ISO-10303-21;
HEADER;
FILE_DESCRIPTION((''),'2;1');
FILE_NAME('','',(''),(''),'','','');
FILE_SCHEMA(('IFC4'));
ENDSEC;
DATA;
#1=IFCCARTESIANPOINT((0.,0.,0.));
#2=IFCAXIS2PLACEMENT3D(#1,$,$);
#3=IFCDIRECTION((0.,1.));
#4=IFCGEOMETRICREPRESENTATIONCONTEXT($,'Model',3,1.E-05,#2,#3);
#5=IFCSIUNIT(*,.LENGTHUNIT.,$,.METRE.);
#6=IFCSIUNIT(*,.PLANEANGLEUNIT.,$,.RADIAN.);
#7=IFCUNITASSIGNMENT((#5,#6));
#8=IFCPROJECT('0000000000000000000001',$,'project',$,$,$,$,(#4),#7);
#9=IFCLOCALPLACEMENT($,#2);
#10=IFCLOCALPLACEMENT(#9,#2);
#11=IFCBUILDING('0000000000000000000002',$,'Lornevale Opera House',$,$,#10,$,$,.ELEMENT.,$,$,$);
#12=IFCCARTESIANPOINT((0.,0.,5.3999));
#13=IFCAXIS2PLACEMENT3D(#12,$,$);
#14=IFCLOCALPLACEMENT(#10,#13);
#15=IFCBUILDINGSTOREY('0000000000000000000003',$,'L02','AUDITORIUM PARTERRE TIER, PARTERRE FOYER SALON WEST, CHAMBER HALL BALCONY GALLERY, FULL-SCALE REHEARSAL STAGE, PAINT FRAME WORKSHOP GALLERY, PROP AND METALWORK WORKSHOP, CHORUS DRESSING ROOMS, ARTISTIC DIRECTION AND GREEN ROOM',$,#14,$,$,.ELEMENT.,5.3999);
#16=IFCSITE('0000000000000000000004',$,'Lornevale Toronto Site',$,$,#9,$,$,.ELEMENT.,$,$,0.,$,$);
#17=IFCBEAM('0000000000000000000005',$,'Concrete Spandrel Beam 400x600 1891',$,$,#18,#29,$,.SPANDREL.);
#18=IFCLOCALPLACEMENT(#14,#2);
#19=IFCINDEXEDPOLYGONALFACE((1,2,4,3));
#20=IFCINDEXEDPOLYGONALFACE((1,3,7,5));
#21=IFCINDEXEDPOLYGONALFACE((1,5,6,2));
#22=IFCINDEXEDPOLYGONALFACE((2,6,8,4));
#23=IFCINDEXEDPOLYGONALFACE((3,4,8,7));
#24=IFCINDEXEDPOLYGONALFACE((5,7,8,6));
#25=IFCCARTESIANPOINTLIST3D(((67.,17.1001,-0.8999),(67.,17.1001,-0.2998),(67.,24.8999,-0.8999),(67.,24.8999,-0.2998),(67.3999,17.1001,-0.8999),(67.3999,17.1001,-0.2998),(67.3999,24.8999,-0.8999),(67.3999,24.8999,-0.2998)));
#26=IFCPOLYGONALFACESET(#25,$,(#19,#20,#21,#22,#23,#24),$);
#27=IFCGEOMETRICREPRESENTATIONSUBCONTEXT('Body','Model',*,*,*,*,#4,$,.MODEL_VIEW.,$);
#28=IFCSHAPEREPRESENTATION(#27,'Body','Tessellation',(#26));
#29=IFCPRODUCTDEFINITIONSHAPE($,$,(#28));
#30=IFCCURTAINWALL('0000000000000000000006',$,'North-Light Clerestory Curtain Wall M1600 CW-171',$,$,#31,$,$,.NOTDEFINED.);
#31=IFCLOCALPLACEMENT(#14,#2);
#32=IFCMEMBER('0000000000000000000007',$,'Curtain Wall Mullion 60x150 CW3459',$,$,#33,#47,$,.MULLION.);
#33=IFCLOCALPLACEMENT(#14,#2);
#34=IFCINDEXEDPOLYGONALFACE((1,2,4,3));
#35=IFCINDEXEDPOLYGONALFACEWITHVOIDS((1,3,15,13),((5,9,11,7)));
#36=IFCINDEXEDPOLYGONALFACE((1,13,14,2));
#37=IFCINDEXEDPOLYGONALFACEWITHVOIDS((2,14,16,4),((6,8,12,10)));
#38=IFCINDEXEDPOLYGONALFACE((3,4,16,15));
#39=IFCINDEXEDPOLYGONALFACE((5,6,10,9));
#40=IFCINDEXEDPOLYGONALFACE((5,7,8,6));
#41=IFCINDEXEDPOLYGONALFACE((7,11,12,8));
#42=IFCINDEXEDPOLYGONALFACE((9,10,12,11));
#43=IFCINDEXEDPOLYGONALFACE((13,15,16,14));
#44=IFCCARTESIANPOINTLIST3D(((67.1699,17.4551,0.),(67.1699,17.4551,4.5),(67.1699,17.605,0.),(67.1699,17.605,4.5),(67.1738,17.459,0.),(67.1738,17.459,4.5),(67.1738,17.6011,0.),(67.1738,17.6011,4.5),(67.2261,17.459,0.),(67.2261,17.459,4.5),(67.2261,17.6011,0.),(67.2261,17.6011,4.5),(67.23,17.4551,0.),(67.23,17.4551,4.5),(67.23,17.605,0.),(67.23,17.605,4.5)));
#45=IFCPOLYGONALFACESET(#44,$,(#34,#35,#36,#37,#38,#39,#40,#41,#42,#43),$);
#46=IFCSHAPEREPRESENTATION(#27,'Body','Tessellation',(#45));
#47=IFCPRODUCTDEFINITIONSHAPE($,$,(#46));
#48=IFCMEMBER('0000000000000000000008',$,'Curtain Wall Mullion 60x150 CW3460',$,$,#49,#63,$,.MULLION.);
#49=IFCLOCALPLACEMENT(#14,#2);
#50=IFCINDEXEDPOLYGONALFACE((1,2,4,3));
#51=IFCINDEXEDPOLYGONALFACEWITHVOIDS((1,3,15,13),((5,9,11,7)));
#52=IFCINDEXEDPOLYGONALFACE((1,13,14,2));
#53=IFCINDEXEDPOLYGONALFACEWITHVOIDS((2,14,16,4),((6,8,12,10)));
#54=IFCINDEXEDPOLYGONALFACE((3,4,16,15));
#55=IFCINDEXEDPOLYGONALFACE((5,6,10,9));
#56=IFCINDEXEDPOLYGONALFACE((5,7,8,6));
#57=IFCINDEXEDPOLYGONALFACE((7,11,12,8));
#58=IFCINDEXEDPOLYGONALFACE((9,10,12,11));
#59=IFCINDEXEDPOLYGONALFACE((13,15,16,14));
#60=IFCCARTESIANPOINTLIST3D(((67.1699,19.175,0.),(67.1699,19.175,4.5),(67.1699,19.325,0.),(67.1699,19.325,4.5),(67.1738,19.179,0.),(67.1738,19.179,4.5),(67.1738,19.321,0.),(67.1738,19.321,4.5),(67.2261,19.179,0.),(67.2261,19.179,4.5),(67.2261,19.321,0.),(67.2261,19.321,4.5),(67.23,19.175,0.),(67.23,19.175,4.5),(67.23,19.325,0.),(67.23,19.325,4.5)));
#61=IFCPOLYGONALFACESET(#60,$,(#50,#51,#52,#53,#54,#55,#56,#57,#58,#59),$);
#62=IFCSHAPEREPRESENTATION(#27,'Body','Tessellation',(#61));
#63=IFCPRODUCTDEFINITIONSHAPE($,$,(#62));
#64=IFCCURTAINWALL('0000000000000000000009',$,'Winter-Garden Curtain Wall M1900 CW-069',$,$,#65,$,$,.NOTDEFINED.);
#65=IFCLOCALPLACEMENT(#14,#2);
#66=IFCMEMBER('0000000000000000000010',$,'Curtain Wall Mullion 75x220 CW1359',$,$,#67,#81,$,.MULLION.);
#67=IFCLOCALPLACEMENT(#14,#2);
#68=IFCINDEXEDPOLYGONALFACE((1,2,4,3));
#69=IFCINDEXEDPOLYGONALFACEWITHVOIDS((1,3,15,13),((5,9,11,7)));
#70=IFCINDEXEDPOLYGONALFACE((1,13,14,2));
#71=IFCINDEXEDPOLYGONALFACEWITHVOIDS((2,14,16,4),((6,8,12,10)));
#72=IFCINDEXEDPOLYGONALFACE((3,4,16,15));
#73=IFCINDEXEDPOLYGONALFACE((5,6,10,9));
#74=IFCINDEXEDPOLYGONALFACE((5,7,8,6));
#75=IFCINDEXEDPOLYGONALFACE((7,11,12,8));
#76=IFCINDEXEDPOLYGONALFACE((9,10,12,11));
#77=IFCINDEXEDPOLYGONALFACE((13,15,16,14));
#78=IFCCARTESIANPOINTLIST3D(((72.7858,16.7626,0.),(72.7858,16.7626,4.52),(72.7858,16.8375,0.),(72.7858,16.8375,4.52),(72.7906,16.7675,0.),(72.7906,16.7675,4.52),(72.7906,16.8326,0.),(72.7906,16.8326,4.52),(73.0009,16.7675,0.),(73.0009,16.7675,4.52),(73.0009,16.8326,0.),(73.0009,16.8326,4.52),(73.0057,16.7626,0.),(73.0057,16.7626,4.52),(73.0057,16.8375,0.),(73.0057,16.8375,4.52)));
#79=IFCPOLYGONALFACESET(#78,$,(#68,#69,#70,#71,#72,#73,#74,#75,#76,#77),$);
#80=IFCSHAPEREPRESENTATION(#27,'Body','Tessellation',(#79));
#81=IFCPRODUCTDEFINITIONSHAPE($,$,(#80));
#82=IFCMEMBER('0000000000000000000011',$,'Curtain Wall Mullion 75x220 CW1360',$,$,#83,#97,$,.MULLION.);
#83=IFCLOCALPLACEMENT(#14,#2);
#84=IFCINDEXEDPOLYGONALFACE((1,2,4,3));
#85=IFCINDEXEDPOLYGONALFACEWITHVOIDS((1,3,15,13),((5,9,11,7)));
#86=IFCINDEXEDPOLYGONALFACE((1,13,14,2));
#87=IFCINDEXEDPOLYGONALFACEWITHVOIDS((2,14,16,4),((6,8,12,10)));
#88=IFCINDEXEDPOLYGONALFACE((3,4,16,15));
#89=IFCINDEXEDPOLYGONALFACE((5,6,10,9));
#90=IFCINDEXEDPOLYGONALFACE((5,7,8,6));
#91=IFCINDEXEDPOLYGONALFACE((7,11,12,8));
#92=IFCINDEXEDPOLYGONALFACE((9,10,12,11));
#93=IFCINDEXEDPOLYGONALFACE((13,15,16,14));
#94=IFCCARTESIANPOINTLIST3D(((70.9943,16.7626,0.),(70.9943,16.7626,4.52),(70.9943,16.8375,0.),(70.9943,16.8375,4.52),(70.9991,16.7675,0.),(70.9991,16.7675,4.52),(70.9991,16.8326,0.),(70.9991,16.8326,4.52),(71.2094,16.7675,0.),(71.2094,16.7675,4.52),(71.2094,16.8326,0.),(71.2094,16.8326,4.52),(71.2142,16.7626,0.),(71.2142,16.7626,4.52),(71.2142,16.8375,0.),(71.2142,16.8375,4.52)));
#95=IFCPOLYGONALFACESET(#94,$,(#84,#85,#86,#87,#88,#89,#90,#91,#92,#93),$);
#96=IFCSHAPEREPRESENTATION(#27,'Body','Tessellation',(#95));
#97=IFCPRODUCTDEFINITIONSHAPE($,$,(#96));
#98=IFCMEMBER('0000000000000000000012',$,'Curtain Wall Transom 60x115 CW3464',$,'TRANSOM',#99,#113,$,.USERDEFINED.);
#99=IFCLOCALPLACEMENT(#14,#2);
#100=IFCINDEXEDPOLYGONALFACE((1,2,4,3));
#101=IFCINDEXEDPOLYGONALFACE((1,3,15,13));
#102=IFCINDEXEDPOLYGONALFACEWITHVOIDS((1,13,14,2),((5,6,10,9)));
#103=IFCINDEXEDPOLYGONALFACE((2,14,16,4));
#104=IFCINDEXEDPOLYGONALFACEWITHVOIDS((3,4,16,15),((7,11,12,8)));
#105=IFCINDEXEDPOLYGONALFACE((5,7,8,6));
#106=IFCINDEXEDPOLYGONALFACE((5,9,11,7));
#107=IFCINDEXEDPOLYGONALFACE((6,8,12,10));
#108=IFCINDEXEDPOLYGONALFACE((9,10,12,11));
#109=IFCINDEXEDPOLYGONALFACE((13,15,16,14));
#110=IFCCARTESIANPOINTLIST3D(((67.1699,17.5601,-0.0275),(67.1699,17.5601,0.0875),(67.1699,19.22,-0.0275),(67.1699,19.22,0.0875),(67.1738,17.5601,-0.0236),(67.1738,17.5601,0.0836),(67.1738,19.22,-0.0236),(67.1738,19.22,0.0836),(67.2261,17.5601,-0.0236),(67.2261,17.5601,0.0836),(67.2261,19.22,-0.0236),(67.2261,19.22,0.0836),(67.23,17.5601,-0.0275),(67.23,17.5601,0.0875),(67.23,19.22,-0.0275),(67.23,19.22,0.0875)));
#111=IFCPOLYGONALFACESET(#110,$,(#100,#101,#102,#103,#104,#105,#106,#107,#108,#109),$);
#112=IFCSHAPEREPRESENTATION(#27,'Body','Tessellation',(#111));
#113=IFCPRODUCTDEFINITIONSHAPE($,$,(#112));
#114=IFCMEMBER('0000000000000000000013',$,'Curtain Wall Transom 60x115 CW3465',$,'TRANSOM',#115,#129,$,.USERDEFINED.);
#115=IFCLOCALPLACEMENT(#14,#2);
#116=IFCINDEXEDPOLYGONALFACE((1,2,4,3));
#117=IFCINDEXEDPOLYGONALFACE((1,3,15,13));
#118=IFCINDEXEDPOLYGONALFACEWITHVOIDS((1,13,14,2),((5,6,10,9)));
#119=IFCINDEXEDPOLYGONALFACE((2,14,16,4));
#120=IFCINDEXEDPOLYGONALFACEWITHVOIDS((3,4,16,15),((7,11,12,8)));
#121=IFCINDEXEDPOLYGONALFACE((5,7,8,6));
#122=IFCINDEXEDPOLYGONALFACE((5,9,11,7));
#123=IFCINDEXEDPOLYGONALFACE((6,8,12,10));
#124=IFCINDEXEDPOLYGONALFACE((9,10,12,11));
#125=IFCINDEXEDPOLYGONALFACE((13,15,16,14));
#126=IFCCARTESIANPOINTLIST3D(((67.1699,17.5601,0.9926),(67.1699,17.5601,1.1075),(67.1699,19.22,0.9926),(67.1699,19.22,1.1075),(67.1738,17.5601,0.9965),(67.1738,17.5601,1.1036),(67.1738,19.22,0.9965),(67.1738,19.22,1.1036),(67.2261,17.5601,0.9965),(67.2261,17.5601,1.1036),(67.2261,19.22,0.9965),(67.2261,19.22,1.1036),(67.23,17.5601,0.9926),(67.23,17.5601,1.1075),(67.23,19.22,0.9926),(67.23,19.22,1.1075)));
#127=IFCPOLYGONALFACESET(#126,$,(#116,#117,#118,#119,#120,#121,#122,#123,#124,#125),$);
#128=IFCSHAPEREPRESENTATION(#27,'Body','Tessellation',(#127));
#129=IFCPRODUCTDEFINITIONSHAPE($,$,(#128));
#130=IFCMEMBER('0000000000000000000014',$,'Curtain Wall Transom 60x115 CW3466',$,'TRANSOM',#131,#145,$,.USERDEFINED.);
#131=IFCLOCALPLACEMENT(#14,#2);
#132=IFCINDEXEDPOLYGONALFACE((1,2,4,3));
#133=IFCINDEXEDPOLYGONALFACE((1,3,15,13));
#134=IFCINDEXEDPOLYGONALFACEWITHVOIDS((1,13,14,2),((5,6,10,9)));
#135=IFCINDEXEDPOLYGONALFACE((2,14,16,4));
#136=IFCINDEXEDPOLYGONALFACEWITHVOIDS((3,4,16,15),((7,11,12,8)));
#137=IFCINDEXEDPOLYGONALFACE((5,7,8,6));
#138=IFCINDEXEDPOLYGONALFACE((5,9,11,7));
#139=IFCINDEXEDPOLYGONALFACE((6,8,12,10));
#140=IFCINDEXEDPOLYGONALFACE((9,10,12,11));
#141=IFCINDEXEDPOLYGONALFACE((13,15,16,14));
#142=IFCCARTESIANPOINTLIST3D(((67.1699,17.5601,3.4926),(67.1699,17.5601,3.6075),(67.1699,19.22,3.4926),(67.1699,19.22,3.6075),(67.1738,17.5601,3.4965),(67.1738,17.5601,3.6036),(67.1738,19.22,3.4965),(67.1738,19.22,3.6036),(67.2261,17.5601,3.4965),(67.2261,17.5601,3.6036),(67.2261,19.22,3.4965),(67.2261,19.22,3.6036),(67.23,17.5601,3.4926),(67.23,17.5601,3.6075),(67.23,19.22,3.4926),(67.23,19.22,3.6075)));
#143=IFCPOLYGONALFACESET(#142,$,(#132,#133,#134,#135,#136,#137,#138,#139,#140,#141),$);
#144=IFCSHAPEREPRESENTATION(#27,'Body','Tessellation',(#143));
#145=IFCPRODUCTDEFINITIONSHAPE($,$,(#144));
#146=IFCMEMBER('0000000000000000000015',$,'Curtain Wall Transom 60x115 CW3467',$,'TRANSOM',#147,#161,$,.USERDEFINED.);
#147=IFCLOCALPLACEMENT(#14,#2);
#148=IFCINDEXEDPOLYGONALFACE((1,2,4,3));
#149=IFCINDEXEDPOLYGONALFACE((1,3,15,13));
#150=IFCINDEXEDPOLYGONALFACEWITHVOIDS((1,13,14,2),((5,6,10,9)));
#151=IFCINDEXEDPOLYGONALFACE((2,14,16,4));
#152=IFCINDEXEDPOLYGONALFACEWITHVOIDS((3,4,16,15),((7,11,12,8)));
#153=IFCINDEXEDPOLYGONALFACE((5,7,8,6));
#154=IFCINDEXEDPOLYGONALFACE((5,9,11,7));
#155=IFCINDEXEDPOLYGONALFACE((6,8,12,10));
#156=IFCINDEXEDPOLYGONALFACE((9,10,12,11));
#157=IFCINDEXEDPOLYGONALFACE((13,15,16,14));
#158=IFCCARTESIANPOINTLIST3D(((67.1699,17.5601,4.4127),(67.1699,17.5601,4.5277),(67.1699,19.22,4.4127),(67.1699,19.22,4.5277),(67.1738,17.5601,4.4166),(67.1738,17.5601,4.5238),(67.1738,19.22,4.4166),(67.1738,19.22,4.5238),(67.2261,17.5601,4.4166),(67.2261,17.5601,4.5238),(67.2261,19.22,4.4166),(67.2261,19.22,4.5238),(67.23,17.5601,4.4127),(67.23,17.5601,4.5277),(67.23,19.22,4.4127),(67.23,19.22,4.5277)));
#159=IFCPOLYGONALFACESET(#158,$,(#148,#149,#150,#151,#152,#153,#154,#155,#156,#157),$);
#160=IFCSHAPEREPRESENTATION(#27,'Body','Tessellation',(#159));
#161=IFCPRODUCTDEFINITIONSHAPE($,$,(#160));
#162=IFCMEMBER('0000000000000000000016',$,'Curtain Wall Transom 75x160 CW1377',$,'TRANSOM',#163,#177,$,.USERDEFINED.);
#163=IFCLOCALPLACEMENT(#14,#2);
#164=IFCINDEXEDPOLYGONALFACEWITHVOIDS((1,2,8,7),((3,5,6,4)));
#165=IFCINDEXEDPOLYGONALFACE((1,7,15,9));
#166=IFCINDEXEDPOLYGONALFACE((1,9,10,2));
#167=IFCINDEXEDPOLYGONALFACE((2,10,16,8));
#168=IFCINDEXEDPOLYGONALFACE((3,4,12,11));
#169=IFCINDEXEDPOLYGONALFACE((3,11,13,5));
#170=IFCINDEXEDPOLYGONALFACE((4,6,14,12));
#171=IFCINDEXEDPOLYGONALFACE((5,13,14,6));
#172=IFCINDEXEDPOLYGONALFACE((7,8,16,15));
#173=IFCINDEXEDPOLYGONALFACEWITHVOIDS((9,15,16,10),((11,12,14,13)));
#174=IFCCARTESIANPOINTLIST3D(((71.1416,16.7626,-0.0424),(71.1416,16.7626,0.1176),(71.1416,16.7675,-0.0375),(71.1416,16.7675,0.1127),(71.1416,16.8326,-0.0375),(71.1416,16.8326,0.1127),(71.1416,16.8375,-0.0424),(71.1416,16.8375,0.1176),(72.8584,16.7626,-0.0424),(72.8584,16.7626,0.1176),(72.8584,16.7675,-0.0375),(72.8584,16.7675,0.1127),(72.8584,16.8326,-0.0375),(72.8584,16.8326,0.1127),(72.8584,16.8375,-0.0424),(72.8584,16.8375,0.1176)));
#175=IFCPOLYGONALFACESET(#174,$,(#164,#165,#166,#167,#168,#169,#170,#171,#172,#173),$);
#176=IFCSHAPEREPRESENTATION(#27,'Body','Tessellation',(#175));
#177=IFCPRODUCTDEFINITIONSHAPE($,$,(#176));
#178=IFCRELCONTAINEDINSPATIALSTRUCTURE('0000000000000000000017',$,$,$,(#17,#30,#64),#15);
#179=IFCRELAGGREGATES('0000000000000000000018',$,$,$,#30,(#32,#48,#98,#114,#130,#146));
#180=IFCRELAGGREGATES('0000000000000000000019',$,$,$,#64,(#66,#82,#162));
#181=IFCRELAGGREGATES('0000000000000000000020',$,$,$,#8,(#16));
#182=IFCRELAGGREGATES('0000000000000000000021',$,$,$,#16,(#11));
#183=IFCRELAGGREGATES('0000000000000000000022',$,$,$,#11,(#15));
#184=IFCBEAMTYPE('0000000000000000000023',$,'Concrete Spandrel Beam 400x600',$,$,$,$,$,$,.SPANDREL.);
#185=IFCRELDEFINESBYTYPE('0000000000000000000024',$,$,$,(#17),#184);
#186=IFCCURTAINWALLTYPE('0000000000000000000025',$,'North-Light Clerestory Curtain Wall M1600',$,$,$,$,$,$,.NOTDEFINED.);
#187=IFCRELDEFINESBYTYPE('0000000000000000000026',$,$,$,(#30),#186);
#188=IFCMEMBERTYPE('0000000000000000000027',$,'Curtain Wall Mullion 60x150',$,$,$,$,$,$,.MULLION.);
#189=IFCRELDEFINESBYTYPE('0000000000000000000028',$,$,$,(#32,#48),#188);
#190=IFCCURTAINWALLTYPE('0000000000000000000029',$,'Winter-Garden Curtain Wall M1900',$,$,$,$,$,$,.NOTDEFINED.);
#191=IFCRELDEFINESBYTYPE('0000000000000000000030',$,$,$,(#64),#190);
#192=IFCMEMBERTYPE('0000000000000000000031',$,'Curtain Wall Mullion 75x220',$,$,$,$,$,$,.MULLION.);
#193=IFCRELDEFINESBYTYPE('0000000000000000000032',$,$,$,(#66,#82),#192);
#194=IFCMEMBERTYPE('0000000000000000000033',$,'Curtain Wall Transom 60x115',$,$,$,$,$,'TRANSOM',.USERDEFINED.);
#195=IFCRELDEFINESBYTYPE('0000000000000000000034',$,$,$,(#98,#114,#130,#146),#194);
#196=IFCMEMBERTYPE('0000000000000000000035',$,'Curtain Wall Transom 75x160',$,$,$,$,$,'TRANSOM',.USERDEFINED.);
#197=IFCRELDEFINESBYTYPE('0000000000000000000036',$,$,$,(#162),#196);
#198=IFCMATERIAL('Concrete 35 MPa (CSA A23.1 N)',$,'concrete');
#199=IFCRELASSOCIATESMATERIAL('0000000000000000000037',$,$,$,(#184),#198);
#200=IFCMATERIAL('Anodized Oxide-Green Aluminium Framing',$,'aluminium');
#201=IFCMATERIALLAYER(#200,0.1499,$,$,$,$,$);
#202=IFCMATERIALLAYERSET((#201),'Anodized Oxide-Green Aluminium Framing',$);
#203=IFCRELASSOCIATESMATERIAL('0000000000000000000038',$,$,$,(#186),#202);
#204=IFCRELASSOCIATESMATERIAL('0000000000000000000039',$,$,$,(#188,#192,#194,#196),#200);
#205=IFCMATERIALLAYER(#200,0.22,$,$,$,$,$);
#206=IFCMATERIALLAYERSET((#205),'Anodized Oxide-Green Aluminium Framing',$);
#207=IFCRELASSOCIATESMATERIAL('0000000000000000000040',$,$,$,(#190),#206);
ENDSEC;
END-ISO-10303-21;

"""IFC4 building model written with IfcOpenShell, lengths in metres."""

from ifc_helpers import new_model, si_unit, direction, frame, origin, origin_2d, place, context, subcontext, project, spatial, rectangle, hollow_rectangle, extrude, material, layer, layer_set, material_profile, profile_set, type_object, element, aggregate, save


model = new_model("IFC4")

# Units and contexts
model_context = context("Model", 3, precision=1e-05, world=origin(), true_north=direction((0.0, 1.0)))
body_context = subcontext(model_context, "Body", "Model", "MODEL_VIEW")
ifc_project = project(units=[si_unit("LENGTHUNIT", "METRE"), si_unit("PLANEANGLEUNIT", "RADIAN")], contexts=[model_context])

# Site, building, storey
site_placement = place(None, origin())
site = spatial("IfcSite", under=ifc_project, at=site_placement, Name="Lornevale Toronto Site", CompositionType="ELEMENT", RefElevation=0.0)
building_placement = place(site_placement, origin())
building = spatial("IfcBuilding", under=site, at=building_placement, Name="Lornevale Opera House", CompositionType="ELEMENT")
storey_placement = place(building_placement, frame((0.0, 0.0, 5.3999)))
storey = spatial("IfcBuildingStorey", under=building, at=storey_placement, Name="L02", Description="AUDITORIUM PARTERRE TIER, PARTERRE FOYER SALON WEST, CHAMBER HALL BALCONY GALLERY, FULL-SCALE REHEARSAL STAGE, PAINT FRAME WORKSHOP GALLERY, PROP AND METALWORK WORKSHOP, CHORUS DRESSING ROOMS, ARTISTIC DIRECTION AND GREEN ROOM", CompositionType="ELEMENT", Elevation=5.3999)

# Beam
ifc_material_1 = material(Name="Concrete 35 MPa (CSA A23.1 N)", Category="concrete")
ifc_material_profile_1 = material_profile(ifc_material_1, rectangle(XDim=0.3999, YDim=0.6001, at=origin_2d()), Name="RC400x600")
ifc_profile_set_1 = profile_set([ifc_material_profile_1], Name="Concrete 35 MPa (CSA A23.1 N)")
beam_type = type_object("IfcBeamType", Name="Concrete Spandrel Beam 400x600", PredefinedType="SPANDREL", material=ifc_profile_set_1)
beam_placement = place(storey_placement, frame((67.2, 17.1001, -0.5999), z_axis=(0.0, 1.0, 0.0), x_axis=(-1.0, 0.0, 0.0)))
element("IfcBeam", 1, at=beam_placement, inside=storey, type_object=beam_type, Name="Concrete Spandrel Beam 400x600 1891", PredefinedType="SPANDREL", context=body_context, shape_type="SweptSolid", body=[
    extrude(rectangle(XDim=0.3999, YDim=0.6001, at=origin_2d()), origin(), (0.0, 0.0, 1.0), 7.7998),
])

# Curtain walls, members
ifc_material_2 = material(Name="Anodized Oxide-Green Aluminium Framing", Category="aluminium")
ifc_layer_1 = layer(ifc_material_2, 0.1499)
ifc_layer_set_1 = layer_set([ifc_layer_1], Name="Anodized Oxide-Green Aluminium Framing")
curtain_wall_type_1 = type_object("IfcCurtainWallType", Name="North-Light Clerestory Curtain Wall M1600", PredefinedType="NOTDEFINED", material=ifc_layer_set_1)
curtain_wall_1_placement = place(storey_placement, origin())
curtain_wall_1 = element("IfcCurtainWall", 2, at=curtain_wall_1_placement, inside=storey, type_object=curtain_wall_type_1, Name="North-Light Clerestory Curtain Wall M1600 CW-171", PredefinedType="NOTDEFINED")
ifc_material_profile_2 = material_profile(ifc_material_2, hollow_rectangle(XDim=0.0601, YDim=0.1499, WallThickness=0.0039, at=origin_2d()), Name="ALU60x150x4")
ifc_profile_set_2 = profile_set([ifc_material_profile_2], Name="Anodized Oxide-Green Aluminium Framing")
member_type_1 = type_object("IfcMemberType", Name="Curtain Wall Mullion 60x150", PredefinedType="MULLION", material=ifc_profile_set_2)
member_1_placement = place(storey_placement, frame((67.2, 17.53, 0.0), z_axis=(0.0, 0.0, 1.0), x_axis=(-1.0, 0.0, 0.0)))
member_1 = element("IfcMember", 3, at=member_1_placement, type_object=member_type_1, Name="Curtain Wall Mullion 60x150 CW3459", PredefinedType="MULLION", context=body_context, shape_type="SweptSolid", body=[
    extrude(hollow_rectangle(XDim=0.0601, YDim=0.1499, WallThickness=0.0039, at=origin_2d()), origin(), (0.0, 0.0, 1.0), 4.5),
])
member_2_placement = place(storey_placement, frame((67.2, 19.25, 0.0), z_axis=(0.0, 0.0, 1.0), x_axis=(-1.0, 0.0, 0.0)))
member_2 = element("IfcMember", 4, at=member_2_placement, type_object=member_type_1, Name="Curtain Wall Mullion 60x150 CW3460", PredefinedType="MULLION", context=body_context, shape_type="SweptSolid", body=[
    extrude(hollow_rectangle(XDim=0.0601, YDim=0.1499, WallThickness=0.0039, at=origin_2d()), origin(), (0.0, 0.0, 1.0), 4.5),
])
ifc_layer_2 = layer(ifc_material_2, 0.22)
ifc_layer_set_2 = layer_set([ifc_layer_2], Name="Anodized Oxide-Green Aluminium Framing")
curtain_wall_type_2 = type_object("IfcCurtainWallType", Name="Winter-Garden Curtain Wall M1900", PredefinedType="NOTDEFINED", material=ifc_layer_set_2)
curtain_wall_2_placement = place(storey_placement, origin())
curtain_wall_2 = element("IfcCurtainWall", 5, at=curtain_wall_2_placement, inside=storey, type_object=curtain_wall_type_2, Name="Winter-Garden Curtain Wall M1900 CW-069", PredefinedType="NOTDEFINED")
ifc_material_profile_3 = material_profile(ifc_material_2, hollow_rectangle(XDim=0.075, YDim=0.22, WallThickness=0.0049, at=origin_2d()), Name="ALU75x220x5")
ifc_profile_set_3 = profile_set([ifc_material_profile_3], Name="Anodized Oxide-Green Aluminium Framing")
member_type_2 = type_object("IfcMemberType", Name="Curtain Wall Mullion 75x220", PredefinedType="MULLION", material=ifc_profile_set_3)
member_3_placement = place(storey_placement, frame((72.8958, 16.8, 0.0), z_axis=(0.0, 0.0, 1.0), x_axis=(0.0, -1.0, 0.0)))
member_3 = element("IfcMember", 6, at=member_3_placement, type_object=member_type_2, Name="Curtain Wall Mullion 75x220 CW1359", PredefinedType="MULLION", context=body_context, shape_type="SweptSolid", body=[
    extrude(hollow_rectangle(XDim=0.075, YDim=0.22, WallThickness=0.0049, at=origin_2d()), origin(), (0.0, 0.0, 1.0), 4.52),
])
member_4_placement = place(storey_placement, frame((71.1042, 16.8, 0.0), z_axis=(0.0, 0.0, 1.0), x_axis=(0.0, -1.0, 0.0)))
member_4 = element("IfcMember", 7, at=member_4_placement, type_object=member_type_2, Name="Curtain Wall Mullion 75x220 CW1360", PredefinedType="MULLION", context=body_context, shape_type="SweptSolid", body=[
    extrude(hollow_rectangle(XDim=0.075, YDim=0.22, WallThickness=0.0049, at=origin_2d()), origin(), (0.0, 0.0, 1.0), 4.52),
])

# Members
ifc_material_profile_4 = material_profile(ifc_material_2, hollow_rectangle(XDim=0.0601, YDim=0.115, WallThickness=0.0039, at=origin_2d()), Name="ALU60x115x4")
ifc_profile_set_4 = profile_set([ifc_material_profile_4], Name="Anodized Oxide-Green Aluminium Framing")
member_type_3 = type_object("IfcMemberType", Name="Curtain Wall Transom 60x115", ElementType="TRANSOM", PredefinedType="USERDEFINED", material=ifc_profile_set_4)
member_5_placement = place(storey_placement, frame((67.2, 17.5601, 0.03), z_axis=(0.0, 1.0, 0.0), x_axis=(-1.0, 0.0, 0.0)))
member_5 = element("IfcMember", 8, at=member_5_placement, type_object=member_type_3, Name="Curtain Wall Transom 60x115 CW3464", ObjectType="TRANSOM", PredefinedType="USERDEFINED", context=body_context, shape_type="SweptSolid", body=[
    extrude(hollow_rectangle(XDim=0.0601, YDim=0.115, WallThickness=0.0039, at=origin_2d()), origin(), (0.0, 0.0, 1.0), 1.6599),
])
member_6_placement = place(storey_placement, frame((67.2, 17.5601, 1.05), z_axis=(0.0, 1.0, 0.0), x_axis=(-1.0, 0.0, 0.0)))
member_6 = element("IfcMember", 9, at=member_6_placement, type_object=member_type_3, Name="Curtain Wall Transom 60x115 CW3465", ObjectType="TRANSOM", PredefinedType="USERDEFINED", context=body_context, shape_type="SweptSolid", body=[
    extrude(hollow_rectangle(XDim=0.0601, YDim=0.115, WallThickness=0.0039, at=origin_2d()), origin(), (0.0, 0.0, 1.0), 1.6599),
])
member_7_placement = place(storey_placement, frame((67.2, 17.5601, 3.55), z_axis=(0.0, 1.0, 0.0), x_axis=(-1.0, 0.0, 0.0)))
member_7 = element("IfcMember", 10, at=member_7_placement, type_object=member_type_3, Name="Curtain Wall Transom 60x115 CW3466", ObjectType="TRANSOM", PredefinedType="USERDEFINED", context=body_context, shape_type="SweptSolid", body=[
    extrude(hollow_rectangle(XDim=0.0601, YDim=0.115, WallThickness=0.0039, at=origin_2d()), origin(), (0.0, 0.0, 1.0), 1.6599),
])
member_8_placement = place(storey_placement, frame((67.2, 17.5601, 4.4702), z_axis=(0.0, 1.0, 0.0), x_axis=(-1.0, 0.0, 0.0)))
member_8 = element("IfcMember", 11, at=member_8_placement, type_object=member_type_3, Name="Curtain Wall Transom 60x115 CW3467", ObjectType="TRANSOM", PredefinedType="USERDEFINED", context=body_context, shape_type="SweptSolid", body=[
    extrude(hollow_rectangle(XDim=0.0601, YDim=0.115, WallThickness=0.0039, at=origin_2d()), origin(), (0.0, 0.0, 1.0), 1.6599),
])
ifc_material_profile_5 = material_profile(ifc_material_2, hollow_rectangle(XDim=0.075, YDim=0.1599, WallThickness=0.0049, at=origin_2d()), Name="ALU75x160x5")
ifc_profile_set_5 = profile_set([ifc_material_profile_5], Name="Anodized Oxide-Green Aluminium Framing")
member_type_4 = type_object("IfcMemberType", Name="Curtain Wall Transom 75x160", ElementType="TRANSOM", PredefinedType="USERDEFINED", material=ifc_profile_set_5)
member_9_placement = place(storey_placement, frame((72.8584, 16.8, 0.0376), z_axis=(-1.0, 0.0, 0.0), x_axis=(0.0, -1.0, 0.0)))
member_9 = element("IfcMember", 12, at=member_9_placement, type_object=member_type_4, Name="Curtain Wall Transom 75x160 CW1377", ObjectType="TRANSOM", PredefinedType="USERDEFINED", context=body_context, shape_type="SweptSolid", body=[
    extrude(hollow_rectangle(XDim=0.075, YDim=0.1599, WallThickness=0.0049, at=origin_2d()), origin(), (0.0, 0.0, 1.0), 1.7168),
])

aggregate(curtain_wall_1, [member_1, member_2, member_5, member_6, member_7, member_8])
aggregate(curtain_wall_2, [member_3, member_4, member_9])

save(model, "model.ifc")
